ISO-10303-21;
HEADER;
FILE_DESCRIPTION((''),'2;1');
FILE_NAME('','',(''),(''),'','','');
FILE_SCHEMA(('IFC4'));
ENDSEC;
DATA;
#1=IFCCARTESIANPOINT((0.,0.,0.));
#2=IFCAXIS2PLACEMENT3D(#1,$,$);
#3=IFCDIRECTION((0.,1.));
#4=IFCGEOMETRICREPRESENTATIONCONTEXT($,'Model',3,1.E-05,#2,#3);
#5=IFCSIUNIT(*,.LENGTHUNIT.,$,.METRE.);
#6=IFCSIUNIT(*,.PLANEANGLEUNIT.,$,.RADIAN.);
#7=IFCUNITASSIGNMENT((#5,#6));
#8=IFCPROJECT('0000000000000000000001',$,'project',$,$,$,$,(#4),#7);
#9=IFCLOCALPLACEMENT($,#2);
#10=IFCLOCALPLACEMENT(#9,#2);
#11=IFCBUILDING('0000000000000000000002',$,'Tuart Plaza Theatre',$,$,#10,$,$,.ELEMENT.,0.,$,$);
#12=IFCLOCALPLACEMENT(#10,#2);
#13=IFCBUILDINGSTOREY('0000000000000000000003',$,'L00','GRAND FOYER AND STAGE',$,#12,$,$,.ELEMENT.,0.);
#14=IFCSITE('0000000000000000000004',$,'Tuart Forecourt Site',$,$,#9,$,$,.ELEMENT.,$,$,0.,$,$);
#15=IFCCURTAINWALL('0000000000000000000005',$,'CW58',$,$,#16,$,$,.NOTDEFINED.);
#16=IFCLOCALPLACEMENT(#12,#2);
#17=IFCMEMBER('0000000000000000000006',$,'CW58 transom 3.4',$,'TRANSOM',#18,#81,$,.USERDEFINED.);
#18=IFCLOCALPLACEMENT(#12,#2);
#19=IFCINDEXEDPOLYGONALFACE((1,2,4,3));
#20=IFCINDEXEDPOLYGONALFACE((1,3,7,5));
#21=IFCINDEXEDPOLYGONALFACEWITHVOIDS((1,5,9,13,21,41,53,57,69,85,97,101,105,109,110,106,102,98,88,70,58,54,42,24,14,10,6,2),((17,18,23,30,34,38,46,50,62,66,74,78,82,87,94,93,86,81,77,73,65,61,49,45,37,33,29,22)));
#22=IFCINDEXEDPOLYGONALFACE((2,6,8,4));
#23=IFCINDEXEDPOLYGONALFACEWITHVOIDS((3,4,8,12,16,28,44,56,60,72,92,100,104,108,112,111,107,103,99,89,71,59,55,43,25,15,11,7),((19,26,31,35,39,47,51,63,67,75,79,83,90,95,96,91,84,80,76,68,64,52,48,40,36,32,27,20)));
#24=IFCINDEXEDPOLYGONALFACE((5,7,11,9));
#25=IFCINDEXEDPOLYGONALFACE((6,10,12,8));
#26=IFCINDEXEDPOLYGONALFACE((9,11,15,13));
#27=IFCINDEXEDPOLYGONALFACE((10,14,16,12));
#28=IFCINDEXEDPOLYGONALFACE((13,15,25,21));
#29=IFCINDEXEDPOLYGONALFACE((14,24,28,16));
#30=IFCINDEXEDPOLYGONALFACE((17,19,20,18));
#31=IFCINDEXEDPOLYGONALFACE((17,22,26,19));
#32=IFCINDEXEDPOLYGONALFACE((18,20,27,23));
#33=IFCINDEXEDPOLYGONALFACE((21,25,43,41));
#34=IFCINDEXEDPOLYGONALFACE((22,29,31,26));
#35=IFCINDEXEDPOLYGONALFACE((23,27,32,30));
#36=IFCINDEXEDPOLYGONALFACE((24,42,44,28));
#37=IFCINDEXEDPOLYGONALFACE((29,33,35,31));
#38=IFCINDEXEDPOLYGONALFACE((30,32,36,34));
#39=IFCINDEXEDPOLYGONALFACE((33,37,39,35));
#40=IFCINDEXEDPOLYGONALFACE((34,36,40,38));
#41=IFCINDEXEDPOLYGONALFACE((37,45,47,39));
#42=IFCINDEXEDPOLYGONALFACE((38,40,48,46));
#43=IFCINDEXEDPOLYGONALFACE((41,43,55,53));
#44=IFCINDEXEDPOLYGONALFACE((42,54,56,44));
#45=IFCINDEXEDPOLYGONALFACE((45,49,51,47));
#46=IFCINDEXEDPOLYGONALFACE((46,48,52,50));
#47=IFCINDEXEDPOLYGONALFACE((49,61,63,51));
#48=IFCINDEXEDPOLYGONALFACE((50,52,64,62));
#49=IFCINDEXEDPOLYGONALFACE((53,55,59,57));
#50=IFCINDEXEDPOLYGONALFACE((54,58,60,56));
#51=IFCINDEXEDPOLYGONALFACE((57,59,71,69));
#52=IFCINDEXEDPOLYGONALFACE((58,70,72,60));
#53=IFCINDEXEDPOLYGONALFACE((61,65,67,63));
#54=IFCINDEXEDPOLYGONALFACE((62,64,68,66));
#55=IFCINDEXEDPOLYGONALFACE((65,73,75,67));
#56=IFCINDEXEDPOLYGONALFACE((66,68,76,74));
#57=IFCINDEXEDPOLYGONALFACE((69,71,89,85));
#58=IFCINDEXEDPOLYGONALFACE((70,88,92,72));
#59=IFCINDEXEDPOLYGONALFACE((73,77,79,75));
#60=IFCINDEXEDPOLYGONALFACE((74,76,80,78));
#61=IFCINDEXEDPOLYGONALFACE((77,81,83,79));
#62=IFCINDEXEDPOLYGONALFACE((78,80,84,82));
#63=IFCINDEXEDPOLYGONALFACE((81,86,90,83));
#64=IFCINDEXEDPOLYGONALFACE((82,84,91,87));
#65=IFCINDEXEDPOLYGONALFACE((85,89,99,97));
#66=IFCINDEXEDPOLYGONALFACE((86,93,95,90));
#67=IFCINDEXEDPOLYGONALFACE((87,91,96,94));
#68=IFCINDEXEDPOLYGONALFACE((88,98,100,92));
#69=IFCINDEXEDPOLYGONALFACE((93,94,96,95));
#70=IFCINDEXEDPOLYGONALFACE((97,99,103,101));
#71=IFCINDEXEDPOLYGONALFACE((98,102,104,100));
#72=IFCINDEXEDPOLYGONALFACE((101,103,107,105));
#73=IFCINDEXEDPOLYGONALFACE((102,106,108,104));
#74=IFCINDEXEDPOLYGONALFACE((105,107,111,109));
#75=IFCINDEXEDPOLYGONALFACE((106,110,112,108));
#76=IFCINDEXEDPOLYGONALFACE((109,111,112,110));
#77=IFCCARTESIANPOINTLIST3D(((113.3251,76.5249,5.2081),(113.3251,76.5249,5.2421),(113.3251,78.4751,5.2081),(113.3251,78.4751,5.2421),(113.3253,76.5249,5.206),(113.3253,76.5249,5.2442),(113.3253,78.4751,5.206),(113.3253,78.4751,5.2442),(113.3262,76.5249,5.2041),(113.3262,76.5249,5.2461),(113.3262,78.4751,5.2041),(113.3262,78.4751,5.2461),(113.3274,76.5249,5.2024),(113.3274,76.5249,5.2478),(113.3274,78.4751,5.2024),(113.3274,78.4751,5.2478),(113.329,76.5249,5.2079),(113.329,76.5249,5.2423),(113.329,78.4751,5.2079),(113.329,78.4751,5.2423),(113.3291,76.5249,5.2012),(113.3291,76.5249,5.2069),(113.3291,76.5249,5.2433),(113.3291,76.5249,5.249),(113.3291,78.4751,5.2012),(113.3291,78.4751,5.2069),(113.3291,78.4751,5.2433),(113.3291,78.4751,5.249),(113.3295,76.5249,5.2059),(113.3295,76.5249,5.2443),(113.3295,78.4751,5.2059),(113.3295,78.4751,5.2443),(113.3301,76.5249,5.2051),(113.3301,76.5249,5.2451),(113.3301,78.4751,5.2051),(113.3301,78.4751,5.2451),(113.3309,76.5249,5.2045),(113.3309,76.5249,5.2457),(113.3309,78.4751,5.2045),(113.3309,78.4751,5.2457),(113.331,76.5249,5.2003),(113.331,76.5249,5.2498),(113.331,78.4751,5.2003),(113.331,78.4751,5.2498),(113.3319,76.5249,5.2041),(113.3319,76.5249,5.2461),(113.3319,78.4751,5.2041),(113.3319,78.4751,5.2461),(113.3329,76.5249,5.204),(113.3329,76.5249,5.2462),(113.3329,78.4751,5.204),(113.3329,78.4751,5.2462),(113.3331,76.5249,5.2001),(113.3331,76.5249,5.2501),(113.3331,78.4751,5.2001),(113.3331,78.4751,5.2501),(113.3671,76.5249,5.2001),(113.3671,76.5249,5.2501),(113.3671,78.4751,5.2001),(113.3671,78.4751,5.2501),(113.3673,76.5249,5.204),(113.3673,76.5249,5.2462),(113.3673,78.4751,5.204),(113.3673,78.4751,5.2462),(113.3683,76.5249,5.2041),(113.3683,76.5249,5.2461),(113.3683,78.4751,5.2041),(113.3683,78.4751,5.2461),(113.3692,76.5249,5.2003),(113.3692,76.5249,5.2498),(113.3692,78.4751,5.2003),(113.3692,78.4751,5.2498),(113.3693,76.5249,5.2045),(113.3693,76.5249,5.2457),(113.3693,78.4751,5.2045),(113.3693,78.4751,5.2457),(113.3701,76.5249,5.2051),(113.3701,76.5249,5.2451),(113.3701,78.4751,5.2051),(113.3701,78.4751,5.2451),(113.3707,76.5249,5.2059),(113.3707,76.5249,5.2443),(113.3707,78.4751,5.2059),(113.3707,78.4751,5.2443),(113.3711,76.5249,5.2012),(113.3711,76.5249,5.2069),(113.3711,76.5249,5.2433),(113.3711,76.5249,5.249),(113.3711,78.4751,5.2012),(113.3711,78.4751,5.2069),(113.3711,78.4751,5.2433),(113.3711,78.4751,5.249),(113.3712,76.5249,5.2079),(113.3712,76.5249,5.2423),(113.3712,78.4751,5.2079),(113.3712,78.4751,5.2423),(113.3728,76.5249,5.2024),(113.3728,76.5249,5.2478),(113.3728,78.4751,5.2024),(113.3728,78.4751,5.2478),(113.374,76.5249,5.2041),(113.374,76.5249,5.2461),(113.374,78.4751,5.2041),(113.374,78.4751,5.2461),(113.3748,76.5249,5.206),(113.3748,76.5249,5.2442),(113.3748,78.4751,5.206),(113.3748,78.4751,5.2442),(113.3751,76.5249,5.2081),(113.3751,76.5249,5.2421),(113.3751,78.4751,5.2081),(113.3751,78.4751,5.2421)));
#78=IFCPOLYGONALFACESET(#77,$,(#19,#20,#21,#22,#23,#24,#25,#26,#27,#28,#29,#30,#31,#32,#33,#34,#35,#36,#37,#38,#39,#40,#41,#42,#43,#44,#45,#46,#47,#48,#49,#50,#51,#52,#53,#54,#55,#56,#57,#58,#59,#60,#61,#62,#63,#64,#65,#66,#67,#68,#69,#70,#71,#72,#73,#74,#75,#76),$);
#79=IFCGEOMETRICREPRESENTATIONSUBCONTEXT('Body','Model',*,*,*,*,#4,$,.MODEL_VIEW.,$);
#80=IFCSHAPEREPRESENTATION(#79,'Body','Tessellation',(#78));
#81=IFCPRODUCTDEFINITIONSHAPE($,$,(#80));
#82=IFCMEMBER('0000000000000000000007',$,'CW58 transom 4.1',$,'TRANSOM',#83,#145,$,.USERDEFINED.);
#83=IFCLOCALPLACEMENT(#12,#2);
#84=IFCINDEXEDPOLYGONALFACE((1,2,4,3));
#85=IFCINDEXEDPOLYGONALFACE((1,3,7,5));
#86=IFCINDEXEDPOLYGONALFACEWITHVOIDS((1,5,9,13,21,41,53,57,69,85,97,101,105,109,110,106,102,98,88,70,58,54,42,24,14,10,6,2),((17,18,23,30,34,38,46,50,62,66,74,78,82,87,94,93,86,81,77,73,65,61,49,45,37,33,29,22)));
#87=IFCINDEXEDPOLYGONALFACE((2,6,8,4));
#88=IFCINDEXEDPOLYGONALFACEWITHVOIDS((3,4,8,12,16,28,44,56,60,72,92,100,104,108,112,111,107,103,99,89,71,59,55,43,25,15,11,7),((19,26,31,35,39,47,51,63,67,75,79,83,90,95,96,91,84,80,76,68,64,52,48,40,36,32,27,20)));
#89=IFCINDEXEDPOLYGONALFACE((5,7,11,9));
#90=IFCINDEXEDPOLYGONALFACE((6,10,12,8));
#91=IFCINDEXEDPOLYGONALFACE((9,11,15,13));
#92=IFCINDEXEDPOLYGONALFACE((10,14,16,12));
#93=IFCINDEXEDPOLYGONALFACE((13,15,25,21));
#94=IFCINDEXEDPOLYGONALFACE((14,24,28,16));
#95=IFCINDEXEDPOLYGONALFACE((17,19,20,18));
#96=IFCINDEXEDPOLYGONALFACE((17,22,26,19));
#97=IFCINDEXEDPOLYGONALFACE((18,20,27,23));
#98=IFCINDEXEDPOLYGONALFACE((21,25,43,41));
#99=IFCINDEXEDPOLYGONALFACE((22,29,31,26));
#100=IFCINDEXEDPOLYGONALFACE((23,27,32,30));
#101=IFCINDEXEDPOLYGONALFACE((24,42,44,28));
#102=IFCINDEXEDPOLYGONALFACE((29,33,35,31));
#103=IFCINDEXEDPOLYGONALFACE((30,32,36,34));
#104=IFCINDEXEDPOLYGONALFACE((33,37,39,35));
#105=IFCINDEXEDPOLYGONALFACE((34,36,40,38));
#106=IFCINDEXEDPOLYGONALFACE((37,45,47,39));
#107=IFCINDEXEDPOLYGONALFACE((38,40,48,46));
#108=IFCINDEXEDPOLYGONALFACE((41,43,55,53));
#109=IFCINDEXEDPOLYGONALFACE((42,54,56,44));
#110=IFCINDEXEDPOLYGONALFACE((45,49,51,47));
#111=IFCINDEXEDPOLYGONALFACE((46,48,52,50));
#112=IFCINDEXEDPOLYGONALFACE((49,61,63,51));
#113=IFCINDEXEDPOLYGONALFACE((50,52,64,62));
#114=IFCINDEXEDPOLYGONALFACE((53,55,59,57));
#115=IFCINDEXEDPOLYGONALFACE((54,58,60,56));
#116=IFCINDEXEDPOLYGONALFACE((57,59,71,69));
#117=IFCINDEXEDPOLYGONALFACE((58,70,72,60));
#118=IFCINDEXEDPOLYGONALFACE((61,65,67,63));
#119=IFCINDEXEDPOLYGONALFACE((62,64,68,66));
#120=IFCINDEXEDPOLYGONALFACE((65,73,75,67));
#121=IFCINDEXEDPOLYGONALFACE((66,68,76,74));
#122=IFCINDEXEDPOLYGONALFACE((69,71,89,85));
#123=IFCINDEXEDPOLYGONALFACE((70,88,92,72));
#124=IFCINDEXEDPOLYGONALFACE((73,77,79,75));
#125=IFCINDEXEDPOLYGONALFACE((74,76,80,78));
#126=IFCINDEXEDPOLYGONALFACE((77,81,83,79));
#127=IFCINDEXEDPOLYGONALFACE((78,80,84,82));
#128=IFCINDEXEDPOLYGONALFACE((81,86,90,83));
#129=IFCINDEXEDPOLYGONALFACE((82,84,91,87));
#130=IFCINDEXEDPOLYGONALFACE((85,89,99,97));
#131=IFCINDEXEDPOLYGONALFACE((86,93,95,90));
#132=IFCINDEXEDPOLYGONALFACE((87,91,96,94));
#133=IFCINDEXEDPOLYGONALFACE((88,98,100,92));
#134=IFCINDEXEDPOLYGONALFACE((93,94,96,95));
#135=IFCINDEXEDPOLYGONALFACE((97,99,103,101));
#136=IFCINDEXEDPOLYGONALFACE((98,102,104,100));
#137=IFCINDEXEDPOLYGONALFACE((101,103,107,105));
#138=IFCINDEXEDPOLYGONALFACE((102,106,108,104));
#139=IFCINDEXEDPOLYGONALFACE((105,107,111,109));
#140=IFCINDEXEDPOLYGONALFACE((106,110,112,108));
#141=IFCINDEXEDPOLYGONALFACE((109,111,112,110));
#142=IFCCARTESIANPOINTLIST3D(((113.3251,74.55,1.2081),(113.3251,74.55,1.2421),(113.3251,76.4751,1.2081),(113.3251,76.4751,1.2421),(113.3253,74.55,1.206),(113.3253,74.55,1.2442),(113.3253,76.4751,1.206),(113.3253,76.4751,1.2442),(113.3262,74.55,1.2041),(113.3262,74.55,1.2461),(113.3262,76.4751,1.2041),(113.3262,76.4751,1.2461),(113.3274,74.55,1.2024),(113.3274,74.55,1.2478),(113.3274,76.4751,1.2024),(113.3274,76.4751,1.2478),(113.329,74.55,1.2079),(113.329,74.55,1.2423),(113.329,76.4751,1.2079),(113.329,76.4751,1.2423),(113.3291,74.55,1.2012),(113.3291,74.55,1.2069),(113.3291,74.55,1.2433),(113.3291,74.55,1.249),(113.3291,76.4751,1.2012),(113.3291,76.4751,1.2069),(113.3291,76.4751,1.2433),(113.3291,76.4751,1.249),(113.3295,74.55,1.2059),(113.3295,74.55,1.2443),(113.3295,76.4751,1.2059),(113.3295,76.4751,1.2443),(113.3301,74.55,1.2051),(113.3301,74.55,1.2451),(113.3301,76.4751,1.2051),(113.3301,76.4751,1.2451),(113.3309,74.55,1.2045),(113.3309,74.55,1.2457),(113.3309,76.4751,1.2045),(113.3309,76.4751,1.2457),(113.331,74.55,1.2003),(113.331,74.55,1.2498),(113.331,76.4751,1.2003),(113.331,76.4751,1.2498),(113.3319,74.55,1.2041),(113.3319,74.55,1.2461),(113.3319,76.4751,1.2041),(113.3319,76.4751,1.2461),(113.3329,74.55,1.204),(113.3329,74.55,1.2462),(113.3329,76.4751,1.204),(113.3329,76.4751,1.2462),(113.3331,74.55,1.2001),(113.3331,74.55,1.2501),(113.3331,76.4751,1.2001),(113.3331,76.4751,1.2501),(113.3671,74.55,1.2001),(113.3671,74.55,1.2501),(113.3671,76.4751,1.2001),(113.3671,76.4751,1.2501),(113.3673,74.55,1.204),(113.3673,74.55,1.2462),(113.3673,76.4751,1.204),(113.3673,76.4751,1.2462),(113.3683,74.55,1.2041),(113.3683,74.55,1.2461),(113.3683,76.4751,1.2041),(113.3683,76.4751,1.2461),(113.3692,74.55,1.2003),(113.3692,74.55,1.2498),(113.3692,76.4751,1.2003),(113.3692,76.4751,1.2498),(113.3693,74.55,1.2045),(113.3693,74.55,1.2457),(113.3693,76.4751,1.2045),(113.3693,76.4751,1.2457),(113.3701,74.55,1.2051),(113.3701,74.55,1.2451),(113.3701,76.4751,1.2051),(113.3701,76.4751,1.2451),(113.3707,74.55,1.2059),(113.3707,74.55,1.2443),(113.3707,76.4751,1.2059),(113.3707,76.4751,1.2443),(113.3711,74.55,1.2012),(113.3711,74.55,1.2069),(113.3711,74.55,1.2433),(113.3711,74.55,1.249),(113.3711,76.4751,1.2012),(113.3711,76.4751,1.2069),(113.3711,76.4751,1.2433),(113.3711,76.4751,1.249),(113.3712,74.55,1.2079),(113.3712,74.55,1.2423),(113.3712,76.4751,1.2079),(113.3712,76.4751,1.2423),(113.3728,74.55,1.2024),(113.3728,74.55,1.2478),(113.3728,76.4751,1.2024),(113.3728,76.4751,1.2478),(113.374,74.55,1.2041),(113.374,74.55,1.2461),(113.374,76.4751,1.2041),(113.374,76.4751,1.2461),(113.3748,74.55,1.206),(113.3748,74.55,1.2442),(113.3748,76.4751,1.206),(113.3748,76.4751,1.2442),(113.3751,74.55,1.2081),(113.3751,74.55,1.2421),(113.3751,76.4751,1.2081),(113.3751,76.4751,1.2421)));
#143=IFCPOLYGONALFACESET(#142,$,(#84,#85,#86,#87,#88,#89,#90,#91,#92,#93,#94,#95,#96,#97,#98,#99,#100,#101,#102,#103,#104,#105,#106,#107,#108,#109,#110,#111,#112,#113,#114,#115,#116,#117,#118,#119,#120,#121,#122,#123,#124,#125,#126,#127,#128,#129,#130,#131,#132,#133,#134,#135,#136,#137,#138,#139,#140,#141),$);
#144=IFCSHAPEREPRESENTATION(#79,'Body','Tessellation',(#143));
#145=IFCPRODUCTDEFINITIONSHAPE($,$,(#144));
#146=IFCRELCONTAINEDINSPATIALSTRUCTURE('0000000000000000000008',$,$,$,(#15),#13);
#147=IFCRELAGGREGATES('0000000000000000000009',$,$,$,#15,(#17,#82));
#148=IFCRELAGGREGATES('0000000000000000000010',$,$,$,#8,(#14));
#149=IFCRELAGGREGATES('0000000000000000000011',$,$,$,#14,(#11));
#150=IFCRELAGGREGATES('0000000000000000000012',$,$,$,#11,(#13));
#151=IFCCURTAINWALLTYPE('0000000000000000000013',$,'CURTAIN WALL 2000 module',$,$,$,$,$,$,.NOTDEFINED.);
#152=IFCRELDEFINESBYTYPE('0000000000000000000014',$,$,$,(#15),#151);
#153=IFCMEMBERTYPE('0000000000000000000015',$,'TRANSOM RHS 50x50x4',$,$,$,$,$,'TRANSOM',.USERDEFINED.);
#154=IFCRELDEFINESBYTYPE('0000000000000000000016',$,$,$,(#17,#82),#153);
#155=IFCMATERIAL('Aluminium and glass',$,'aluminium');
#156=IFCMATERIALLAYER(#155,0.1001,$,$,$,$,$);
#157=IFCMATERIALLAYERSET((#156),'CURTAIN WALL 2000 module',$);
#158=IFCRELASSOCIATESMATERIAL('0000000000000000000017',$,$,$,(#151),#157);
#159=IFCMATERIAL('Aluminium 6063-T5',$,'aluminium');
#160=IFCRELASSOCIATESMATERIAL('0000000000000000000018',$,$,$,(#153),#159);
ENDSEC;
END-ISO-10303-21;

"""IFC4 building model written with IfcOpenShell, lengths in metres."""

from ifc_helpers import new_model, si_unit, direction, frame, origin, origin_2d, place, context, subcontext, project, spatial, hollow_rectangle, extrude, material, layer, layer_set, material_profile, profile_set, type_object, element, aggregate, save


model = new_model("IFC4")

# Units and contexts
model_context = context("Model", 3, precision=1e-05, world=origin(), true_north=direction((0.0, 1.0)))
body_context = subcontext(model_context, "Body", "Model", "MODEL_VIEW")
ifc_project = project(units=[si_unit("LENGTHUNIT", "METRE"), si_unit("PLANEANGLEUNIT", "RADIAN")], contexts=[model_context])

# Site, building, storey
site_placement = place(None, origin())
site = spatial("IfcSite", under=ifc_project, at=site_placement, Name="Tuart Forecourt Site", CompositionType="ELEMENT", RefElevation=0.0)
building_placement = place(site_placement, origin())
building = spatial("IfcBuilding", under=site, at=building_placement, Name="Tuart Plaza Theatre", CompositionType="ELEMENT", ElevationOfRefHeight=0.0)
storey_placement = place(building_placement, origin())
storey = spatial("IfcBuildingStorey", under=building, at=storey_placement, Name="L00", Description="GRAND FOYER AND STAGE", CompositionType="ELEMENT", Elevation=0.0)

# Curtain wall, members
ifc_material_1 = material(Name="Aluminium and glass", Category="aluminium")
ifc_layer_1 = layer(ifc_material_1, 0.1001)
ifc_layer_set_1 = layer_set([ifc_layer_1], Name="CURTAIN WALL 2000 module")
curtain_wall_type = type_object("IfcCurtainWallType", Name="CURTAIN WALL 2000 module", PredefinedType="NOTDEFINED", material=ifc_layer_set_1)
curtain_wall_placement = place(storey_placement, origin())
curtain_wall = element("IfcCurtainWall", 1, at=curtain_wall_placement, inside=storey, type_object=curtain_wall_type, Name="CW58", PredefinedType="NOTDEFINED")
ifc_material_2 = material(Name="Aluminium 6063-T5", Category="aluminium")
ifc_material_profile_1 = material_profile(ifc_material_2, hollow_rectangle(XDim=0.05, YDim=0.05, WallThickness=0.0039, InnerFilletRadius=0.0039, OuterFilletRadius=0.0081, at=origin_2d()), Name="RHS 50x50x4")
ifc_profile_set_1 = profile_set([ifc_material_profile_1], Name="Aluminium 6063-T5")
member_type_1 = type_object("IfcMemberType", Name="TRANSOM RHS 50x50x4", ElementType="TRANSOM", PredefinedType="USERDEFINED", material=ifc_profile_set_1)
member_1_placement = place(storey_placement, frame((113.3501, 78.4751, 5.2251), z_axis=(0.0, -1.0, 0.0), x_axis=(1.0, 0.0, 0.0)))
member_1 = element("IfcMember", 2, at=member_1_placement, type_object=member_type_1, Name="CW58 transom 3.4", ObjectType="TRANSOM", PredefinedType="USERDEFINED", context=body_context, shape_type="SweptSolid", body=[
    extrude(hollow_rectangle(XDim=0.05, YDim=0.05, WallThickness=0.0039, InnerFilletRadius=0.0039, OuterFilletRadius=0.0081, at=origin_2d()), origin(), (0.0, 0.0, 1.0), 1.9502),
])
member_2_placement = place(storey_placement, frame((113.3501, 76.4751, 1.2251), z_axis=(0.0, -1.0, 0.0), x_axis=(1.0, 0.0, 0.0)))
member_2 = element("IfcMember", 3, at=member_2_placement, type_object=member_type_1, Name="CW58 transom 4.1", ObjectType="TRANSOM", PredefinedType="USERDEFINED", context=body_context, shape_type="SweptSolid", body=[
    extrude(hollow_rectangle(XDim=0.05, YDim=0.05, WallThickness=0.0039, InnerFilletRadius=0.0039, OuterFilletRadius=0.0081, at=origin_2d()), origin(), (0.0, 0.0, 1.0), 1.925),
])
aggregate(curtain_wall, [member_1, member_2])

save(model, "model.ifc")
